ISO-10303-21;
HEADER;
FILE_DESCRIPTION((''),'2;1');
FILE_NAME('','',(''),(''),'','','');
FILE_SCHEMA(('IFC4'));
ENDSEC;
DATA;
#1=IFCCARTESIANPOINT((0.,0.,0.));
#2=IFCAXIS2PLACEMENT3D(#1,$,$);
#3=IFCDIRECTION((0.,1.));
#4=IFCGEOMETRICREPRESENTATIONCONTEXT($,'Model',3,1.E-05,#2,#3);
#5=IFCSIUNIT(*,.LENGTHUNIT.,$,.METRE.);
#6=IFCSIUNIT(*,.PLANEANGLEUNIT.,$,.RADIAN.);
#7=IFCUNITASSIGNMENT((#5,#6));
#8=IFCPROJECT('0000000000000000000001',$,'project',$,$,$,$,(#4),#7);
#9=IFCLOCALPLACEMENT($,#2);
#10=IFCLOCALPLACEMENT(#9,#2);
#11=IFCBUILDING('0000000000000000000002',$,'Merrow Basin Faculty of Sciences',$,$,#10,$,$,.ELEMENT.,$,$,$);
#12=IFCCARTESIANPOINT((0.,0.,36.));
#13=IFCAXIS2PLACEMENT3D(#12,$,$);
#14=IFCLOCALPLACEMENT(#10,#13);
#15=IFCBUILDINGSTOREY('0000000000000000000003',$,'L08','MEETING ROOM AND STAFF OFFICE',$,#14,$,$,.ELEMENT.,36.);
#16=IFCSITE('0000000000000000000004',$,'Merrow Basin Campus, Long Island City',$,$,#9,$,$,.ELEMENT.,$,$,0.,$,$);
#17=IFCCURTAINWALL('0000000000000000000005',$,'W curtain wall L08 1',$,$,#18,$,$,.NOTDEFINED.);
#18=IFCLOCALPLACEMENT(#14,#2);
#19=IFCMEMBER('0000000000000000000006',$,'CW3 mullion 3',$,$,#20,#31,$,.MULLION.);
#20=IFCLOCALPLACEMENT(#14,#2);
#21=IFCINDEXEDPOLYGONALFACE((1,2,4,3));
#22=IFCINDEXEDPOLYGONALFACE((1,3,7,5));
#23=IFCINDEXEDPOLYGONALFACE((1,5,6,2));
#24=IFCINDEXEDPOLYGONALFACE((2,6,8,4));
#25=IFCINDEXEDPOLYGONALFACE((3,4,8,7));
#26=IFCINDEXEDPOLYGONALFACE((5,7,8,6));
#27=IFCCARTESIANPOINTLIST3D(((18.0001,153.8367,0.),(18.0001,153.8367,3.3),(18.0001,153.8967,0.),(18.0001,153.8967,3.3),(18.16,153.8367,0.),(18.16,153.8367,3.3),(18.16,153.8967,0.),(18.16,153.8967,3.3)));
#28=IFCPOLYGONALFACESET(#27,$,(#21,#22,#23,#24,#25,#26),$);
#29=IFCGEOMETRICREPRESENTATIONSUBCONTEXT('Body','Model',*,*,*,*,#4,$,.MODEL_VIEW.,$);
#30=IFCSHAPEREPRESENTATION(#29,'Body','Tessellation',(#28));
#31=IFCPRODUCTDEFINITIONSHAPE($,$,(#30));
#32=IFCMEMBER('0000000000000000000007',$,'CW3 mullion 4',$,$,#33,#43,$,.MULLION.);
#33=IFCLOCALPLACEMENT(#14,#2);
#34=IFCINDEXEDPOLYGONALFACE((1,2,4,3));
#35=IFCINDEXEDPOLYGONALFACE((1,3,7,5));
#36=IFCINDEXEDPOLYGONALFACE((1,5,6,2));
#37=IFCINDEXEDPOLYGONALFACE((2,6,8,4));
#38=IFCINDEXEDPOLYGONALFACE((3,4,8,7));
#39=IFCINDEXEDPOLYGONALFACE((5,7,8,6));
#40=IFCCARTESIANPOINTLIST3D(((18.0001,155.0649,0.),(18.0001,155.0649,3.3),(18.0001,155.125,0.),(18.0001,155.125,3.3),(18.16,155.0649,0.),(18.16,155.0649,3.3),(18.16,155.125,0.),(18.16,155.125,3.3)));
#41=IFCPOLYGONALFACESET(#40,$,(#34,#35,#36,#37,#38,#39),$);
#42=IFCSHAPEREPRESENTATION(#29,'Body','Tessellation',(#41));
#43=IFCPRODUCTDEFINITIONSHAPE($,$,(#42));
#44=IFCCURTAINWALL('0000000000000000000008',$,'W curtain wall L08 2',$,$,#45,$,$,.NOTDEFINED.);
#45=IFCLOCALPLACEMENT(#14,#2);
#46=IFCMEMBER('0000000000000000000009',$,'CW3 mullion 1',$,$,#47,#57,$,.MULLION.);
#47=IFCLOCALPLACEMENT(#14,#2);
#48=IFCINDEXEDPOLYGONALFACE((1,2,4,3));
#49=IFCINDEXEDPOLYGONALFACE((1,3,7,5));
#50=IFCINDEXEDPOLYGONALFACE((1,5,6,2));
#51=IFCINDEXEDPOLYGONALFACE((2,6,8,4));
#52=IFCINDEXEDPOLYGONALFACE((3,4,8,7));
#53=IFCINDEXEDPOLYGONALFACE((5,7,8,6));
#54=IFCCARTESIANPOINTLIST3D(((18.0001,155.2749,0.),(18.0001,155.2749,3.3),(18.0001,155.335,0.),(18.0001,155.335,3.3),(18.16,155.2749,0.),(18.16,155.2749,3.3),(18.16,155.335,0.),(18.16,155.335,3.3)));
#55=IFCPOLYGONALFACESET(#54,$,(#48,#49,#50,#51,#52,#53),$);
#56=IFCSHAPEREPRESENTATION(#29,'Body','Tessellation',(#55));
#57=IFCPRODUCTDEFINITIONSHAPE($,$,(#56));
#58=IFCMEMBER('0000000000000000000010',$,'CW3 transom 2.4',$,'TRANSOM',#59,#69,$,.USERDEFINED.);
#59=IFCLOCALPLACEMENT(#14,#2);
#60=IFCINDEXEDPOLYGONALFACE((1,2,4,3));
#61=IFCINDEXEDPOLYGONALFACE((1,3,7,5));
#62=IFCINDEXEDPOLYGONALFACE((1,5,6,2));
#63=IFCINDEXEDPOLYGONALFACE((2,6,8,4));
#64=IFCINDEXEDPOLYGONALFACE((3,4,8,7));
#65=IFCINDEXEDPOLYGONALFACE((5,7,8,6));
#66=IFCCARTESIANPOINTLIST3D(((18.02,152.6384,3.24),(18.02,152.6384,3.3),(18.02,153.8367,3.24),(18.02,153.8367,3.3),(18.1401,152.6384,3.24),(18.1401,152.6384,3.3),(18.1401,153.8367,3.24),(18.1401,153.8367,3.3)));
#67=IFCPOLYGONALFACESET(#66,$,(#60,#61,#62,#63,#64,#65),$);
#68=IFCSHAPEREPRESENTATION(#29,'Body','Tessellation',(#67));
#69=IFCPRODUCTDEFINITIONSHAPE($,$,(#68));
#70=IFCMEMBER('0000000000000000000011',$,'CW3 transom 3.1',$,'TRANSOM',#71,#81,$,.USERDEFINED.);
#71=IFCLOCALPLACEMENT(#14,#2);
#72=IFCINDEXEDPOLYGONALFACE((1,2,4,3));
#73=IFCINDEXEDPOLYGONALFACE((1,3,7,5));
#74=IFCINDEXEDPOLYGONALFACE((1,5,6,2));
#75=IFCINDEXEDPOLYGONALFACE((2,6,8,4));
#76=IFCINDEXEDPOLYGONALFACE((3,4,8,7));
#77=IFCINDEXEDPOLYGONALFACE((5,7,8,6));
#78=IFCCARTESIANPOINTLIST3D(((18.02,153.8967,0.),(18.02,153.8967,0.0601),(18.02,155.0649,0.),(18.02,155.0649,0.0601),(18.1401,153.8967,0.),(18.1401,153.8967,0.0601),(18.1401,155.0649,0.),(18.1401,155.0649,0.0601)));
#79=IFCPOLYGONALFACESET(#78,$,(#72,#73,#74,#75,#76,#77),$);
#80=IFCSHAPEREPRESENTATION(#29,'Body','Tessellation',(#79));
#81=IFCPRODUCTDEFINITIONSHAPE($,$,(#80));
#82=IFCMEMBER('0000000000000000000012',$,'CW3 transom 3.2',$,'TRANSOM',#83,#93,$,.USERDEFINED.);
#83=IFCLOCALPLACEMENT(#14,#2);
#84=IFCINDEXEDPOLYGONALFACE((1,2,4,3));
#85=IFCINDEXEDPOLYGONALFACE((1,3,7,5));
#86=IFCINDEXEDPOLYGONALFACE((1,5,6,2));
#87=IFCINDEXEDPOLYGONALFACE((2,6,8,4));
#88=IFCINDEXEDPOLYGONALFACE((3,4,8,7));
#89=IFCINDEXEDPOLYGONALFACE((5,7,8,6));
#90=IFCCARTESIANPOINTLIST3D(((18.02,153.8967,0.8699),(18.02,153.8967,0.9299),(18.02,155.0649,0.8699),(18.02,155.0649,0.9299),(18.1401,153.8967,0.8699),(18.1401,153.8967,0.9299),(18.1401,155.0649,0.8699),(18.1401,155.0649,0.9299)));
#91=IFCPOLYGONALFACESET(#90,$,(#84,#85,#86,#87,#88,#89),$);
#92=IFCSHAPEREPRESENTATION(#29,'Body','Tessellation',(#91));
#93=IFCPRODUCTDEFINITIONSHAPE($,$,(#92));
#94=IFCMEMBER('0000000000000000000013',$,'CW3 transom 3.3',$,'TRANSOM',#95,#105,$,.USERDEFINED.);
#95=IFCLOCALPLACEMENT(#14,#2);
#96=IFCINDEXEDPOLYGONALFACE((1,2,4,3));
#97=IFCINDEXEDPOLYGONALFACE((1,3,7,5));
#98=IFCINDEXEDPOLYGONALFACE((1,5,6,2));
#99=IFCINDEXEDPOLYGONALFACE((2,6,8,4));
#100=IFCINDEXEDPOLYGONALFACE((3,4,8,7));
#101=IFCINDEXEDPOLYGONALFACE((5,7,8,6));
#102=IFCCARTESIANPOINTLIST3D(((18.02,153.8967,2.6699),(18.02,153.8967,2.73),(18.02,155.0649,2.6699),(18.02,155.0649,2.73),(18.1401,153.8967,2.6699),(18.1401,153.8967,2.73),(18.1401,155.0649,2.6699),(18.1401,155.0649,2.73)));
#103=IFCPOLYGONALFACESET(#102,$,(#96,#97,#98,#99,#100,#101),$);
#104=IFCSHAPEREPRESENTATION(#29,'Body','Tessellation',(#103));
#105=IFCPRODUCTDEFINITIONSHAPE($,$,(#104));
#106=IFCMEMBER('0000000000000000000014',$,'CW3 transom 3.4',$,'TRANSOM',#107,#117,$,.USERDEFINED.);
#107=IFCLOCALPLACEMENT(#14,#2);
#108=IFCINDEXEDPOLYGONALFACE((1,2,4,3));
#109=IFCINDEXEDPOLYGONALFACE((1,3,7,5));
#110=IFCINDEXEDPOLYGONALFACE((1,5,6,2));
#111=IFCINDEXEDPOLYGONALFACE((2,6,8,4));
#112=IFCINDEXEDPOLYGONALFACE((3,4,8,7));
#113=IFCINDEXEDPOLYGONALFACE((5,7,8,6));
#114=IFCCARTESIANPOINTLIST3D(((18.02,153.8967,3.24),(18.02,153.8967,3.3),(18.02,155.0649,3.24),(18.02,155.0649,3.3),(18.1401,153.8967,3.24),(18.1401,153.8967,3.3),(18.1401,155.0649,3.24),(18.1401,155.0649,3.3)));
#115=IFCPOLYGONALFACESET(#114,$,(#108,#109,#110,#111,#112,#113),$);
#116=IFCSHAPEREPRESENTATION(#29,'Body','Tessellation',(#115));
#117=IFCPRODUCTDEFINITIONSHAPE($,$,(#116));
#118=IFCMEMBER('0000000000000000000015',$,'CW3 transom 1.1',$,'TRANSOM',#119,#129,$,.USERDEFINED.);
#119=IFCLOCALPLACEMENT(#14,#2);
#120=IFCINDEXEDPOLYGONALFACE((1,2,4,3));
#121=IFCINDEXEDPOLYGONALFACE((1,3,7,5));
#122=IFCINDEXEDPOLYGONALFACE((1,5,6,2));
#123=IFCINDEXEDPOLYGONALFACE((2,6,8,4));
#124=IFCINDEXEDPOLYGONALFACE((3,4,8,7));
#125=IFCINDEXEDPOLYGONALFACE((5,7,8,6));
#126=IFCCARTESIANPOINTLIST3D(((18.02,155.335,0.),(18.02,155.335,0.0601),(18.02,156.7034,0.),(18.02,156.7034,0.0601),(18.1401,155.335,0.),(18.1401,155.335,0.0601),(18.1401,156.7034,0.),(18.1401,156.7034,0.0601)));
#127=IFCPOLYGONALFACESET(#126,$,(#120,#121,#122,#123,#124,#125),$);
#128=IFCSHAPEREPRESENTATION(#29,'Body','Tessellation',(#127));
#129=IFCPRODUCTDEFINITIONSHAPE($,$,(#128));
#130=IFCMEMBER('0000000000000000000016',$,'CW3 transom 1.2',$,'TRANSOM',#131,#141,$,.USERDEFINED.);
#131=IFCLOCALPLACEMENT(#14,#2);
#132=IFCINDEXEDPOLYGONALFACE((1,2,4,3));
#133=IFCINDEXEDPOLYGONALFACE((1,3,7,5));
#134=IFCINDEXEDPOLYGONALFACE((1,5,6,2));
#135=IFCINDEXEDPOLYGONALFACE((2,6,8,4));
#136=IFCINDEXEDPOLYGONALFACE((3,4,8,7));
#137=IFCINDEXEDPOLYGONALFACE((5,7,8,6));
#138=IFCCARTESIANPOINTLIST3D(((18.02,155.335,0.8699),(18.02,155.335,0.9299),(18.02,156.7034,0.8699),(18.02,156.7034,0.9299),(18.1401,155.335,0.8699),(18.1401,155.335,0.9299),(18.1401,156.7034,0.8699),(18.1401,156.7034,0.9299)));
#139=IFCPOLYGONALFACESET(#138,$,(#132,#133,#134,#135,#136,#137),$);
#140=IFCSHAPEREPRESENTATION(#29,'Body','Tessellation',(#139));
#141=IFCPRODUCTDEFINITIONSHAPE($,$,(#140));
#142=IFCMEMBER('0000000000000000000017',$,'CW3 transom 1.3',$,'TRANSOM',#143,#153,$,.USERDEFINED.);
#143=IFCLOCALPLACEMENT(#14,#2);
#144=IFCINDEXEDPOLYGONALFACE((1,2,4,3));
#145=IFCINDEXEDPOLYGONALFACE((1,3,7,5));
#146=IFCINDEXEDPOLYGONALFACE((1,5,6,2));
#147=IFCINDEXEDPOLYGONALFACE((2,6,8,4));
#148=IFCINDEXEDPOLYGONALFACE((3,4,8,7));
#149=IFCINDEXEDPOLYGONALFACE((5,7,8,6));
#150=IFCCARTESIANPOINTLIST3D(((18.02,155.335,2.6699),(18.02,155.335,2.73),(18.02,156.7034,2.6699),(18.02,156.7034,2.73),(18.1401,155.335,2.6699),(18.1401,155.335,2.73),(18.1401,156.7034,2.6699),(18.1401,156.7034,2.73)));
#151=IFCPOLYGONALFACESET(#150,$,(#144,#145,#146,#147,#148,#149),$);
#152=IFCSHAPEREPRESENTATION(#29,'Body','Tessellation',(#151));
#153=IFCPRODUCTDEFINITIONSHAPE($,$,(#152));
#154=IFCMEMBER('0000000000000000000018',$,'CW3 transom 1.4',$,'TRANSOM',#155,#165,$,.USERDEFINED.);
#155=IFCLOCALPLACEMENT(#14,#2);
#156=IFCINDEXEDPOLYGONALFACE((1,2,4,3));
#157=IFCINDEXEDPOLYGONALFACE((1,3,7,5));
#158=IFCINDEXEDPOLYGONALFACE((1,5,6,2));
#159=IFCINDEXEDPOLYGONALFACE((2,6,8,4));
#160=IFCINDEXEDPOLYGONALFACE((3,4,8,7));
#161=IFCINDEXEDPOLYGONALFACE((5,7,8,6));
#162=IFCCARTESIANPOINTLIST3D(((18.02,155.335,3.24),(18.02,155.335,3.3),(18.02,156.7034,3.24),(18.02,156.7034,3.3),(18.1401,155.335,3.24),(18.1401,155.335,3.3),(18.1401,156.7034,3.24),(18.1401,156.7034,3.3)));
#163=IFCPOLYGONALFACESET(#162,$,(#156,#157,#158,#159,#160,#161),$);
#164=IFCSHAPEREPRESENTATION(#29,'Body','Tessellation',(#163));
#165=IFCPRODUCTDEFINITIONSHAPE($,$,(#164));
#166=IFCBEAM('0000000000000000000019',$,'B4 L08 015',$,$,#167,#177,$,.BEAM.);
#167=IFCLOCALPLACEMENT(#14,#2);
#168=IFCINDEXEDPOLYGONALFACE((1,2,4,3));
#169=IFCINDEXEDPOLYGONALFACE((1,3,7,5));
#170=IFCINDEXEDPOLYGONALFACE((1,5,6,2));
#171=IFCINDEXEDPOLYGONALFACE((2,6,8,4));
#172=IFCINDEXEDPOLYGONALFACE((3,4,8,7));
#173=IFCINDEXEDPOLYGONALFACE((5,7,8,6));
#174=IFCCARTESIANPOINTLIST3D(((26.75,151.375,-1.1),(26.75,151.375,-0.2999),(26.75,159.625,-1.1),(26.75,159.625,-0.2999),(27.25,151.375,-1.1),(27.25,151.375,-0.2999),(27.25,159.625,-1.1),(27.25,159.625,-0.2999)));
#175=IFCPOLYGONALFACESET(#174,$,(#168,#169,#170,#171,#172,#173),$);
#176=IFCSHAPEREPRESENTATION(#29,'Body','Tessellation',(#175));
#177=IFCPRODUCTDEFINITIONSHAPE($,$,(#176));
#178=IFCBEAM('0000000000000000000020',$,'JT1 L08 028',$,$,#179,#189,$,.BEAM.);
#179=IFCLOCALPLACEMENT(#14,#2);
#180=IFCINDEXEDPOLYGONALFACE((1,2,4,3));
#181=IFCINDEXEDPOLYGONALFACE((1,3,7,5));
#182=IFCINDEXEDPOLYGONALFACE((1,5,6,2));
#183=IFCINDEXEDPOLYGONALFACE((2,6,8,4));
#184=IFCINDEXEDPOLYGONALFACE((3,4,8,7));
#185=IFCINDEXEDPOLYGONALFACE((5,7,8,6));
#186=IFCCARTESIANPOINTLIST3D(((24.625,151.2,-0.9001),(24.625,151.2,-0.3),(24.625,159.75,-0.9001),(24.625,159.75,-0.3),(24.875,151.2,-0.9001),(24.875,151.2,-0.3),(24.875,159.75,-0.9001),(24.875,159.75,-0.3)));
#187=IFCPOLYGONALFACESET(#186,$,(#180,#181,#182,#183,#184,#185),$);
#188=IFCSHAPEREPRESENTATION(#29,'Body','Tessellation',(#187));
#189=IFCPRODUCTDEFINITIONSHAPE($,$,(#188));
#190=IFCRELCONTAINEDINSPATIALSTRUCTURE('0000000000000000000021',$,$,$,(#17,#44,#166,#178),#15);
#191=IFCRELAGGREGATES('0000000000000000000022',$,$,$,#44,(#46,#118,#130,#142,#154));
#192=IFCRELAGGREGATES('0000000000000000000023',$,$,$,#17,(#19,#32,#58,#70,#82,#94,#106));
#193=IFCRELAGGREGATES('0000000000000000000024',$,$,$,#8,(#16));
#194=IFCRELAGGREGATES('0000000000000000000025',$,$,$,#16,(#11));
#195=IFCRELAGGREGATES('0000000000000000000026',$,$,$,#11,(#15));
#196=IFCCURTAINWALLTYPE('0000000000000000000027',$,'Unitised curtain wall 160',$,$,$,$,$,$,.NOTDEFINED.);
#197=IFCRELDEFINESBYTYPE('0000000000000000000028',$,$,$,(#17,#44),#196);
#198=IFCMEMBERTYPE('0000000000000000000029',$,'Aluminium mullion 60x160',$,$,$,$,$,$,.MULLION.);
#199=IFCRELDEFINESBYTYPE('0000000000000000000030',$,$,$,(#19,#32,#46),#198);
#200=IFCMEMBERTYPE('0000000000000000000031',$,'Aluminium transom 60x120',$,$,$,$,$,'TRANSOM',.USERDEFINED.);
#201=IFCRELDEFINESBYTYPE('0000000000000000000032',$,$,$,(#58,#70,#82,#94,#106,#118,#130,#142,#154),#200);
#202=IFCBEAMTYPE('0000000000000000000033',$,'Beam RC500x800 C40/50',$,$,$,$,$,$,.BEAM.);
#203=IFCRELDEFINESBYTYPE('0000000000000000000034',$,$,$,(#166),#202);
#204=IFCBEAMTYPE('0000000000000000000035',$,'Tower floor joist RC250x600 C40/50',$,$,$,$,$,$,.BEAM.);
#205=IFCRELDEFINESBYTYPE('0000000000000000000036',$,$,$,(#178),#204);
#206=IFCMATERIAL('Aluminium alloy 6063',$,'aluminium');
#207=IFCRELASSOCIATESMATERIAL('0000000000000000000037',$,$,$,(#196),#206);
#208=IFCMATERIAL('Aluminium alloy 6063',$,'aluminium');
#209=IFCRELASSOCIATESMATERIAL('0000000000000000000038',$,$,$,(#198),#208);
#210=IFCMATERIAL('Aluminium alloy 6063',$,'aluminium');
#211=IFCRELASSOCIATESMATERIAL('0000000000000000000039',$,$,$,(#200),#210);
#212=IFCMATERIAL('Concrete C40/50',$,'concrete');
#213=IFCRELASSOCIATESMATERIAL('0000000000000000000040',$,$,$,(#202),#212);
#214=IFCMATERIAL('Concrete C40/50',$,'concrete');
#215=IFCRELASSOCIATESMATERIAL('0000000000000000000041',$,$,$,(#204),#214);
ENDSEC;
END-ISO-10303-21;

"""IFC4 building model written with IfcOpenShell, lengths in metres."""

from ifc_helpers import new_model, si_unit, direction, frame, origin, origin_2d, place, context, subcontext, project, spatial, rectangle, extrude, material, material_profile, profile_set, type_object, element, aggregate, save


model = new_model("IFC4")

# Units and contexts
model_context = context("Model", 3, precision=1e-05, world=origin(), true_north=direction((0.0, 1.0)))
body_context = subcontext(model_context, "Body", "Model", "MODEL_VIEW")
ifc_project = project(units=[si_unit("LENGTHUNIT", "METRE"), si_unit("PLANEANGLEUNIT", "RADIAN")], contexts=[model_context])

# Site, building, storey
site_placement = place(None, origin())
site = spatial("IfcSite", under=ifc_project, at=site_placement, Name="Merrow Basin Campus, Long Island City", CompositionType="ELEMENT", RefElevation=0.0)
building_placement = place(site_placement, origin())
building = spatial("IfcBuilding", under=site, at=building_placement, Name="Merrow Basin Faculty of Sciences", CompositionType="ELEMENT")
storey_placement = place(building_placement, frame((0.0, 0.0, 36.0)))
storey = spatial("IfcBuildingStorey", under=building, at=storey_placement, Name="L08", Description="MEETING ROOM AND STAFF OFFICE", CompositionType="ELEMENT", Elevation=36.0)

# Curtain wall, members
ifc_material_1 = material(Name="Aluminium alloy 6063", Category="aluminium")
curtain_wall_type = type_object("IfcCurtainWallType", Name="Unitised curtain wall 160", PredefinedType="NOTDEFINED", material=ifc_material_1)
curtain_wall_1_placement = place(storey_placement, origin())
curtain_wall_1 = element("IfcCurtainWall", 1, at=curtain_wall_1_placement, inside=storey, type_object=curtain_wall_type, Name="W curtain wall L08 1", PredefinedType="NOTDEFINED")
ifc_material_2 = material(Name="Aluminium alloy 6063", Category="aluminium")
ifc_material_profile_1 = material_profile(ifc_material_2, rectangle(XDim=0.1599, YDim=0.0601, at=origin_2d()))
ifc_profile_set_1 = profile_set([ifc_material_profile_1], Name="Aluminium alloy 6063")
member_type_1 = type_object("IfcMemberType", Name="Aluminium mullion 60x160", PredefinedType="MULLION", material=ifc_profile_set_1)
member_1_placement = place(storey_placement, frame((18.0801, 153.8667, 0.0), z_axis=(0.0, 0.0, 1.0), x_axis=(-1.0, 0.0, 0.0)))
member_1 = element("IfcMember", 2, at=member_1_placement, type_object=member_type_1, Name="CW3 mullion 3", PredefinedType="MULLION", context=body_context, shape_type="SweptSolid", body=[
    extrude(rectangle(XDim=0.1599, YDim=0.0601, at=origin_2d()), origin(), (0.0, 0.0, 1.0), 3.3),
])
member_2_placement = place(storey_placement, frame((18.0801, 155.095, 0.0), z_axis=(0.0, 0.0, 1.0), x_axis=(-1.0, 0.0, 0.0)))
member_2 = element("IfcMember", 3, at=member_2_placement, type_object=member_type_1, Name="CW3 mullion 4", PredefinedType="MULLION", context=body_context, shape_type="SweptSolid", body=[
    extrude(rectangle(XDim=0.1599, YDim=0.0601, at=origin_2d()), origin(), (0.0, 0.0, 1.0), 3.3),
])

# Curtain wall, member
curtain_wall_2_placement = place(storey_placement, origin())
curtain_wall_2 = element("IfcCurtainWall", 4, at=curtain_wall_2_placement, inside=storey, type_object=curtain_wall_type, Name="W curtain wall L08 2", PredefinedType="NOTDEFINED")
member_3_placement = place(storey_placement, frame((18.0801, 155.3049, 0.0), z_axis=(0.0, 0.0, 1.0), x_axis=(-1.0, 0.0, 0.0)))
member_3 = element("IfcMember", 5, at=member_3_placement, type_object=member_type_1, Name="CW3 mullion 1", PredefinedType="MULLION", context=body_context, shape_type="SweptSolid", body=[
    extrude(rectangle(XDim=0.1599, YDim=0.0601, at=origin_2d()), origin(), (0.0, 0.0, 1.0), 3.3),
])

# Members
ifc_material_3 = material(Name="Aluminium alloy 6063", Category="aluminium")
ifc_material_profile_2 = material_profile(ifc_material_3, rectangle(XDim=0.1201, YDim=0.0601, at=origin_2d()))
ifc_profile_set_2 = profile_set([ifc_material_profile_2], Name="Aluminium alloy 6063")
member_type_2 = type_object("IfcMemberType", Name="Aluminium transom 60x120", ElementType="TRANSOM", PredefinedType="USERDEFINED", material=ifc_profile_set_2)
member_4_placement = place(storey_placement, frame((18.0801, 152.6384, 3.27), z_axis=(0.0, 1.0, 0.0), x_axis=(-1.0, 0.0, 0.0)))
member_4 = element("IfcMember", 6, at=member_4_placement, type_object=member_type_2, Name="CW3 transom 2.4", ObjectType="TRANSOM", PredefinedType="USERDEFINED", context=body_context, shape_type="SweptSolid", body=[
    extrude(rectangle(XDim=0.1201, YDim=0.0601, at=origin_2d()), origin(), (0.0, 0.0, 1.0), 1.1982),
])
member_5_placement = place(storey_placement, frame((18.0801, 153.8967, 0.03), z_axis=(0.0, 1.0, 0.0), x_axis=(-1.0, 0.0, 0.0)))
member_5 = element("IfcMember", 7, at=member_5_placement, type_object=member_type_2, Name="CW3 transom 3.1", ObjectType="TRANSOM", PredefinedType="USERDEFINED", context=body_context, shape_type="SweptSolid", body=[
    extrude(rectangle(XDim=0.1201, YDim=0.0601, at=origin_2d()), origin(), (0.0, 0.0, 1.0), 1.1682),
])
member_6_placement = place(storey_placement, frame((18.0801, 153.8967, 0.8999), z_axis=(0.0, 1.0, 0.0), x_axis=(-1.0, 0.0, 0.0)))
member_6 = element("IfcMember", 8, at=member_6_placement, type_object=member_type_2, Name="CW3 transom 3.2", ObjectType="TRANSOM", PredefinedType="USERDEFINED", context=body_context, shape_type="SweptSolid", body=[
    extrude(rectangle(XDim=0.1201, YDim=0.0601, at=origin_2d()), origin(), (0.0, 0.0, 1.0), 1.1682),
])
member_7_placement = place(storey_placement, frame((18.0801, 153.8967, 2.7), z_axis=(0.0, 1.0, 0.0), x_axis=(-1.0, 0.0, 0.0)))
member_7 = element("IfcMember", 9, at=member_7_placement, type_object=member_type_2, Name="CW3 transom 3.3", ObjectType="TRANSOM", PredefinedType="USERDEFINED", context=body_context, shape_type="SweptSolid", body=[
    extrude(rectangle(XDim=0.1201, YDim=0.0601, at=origin_2d()), origin(), (0.0, 0.0, 1.0), 1.1682),
])
member_8_placement = place(storey_placement, frame((18.0801, 153.8967, 3.27), z_axis=(0.0, 1.0, 0.0), x_axis=(-1.0, 0.0, 0.0)))
member_8 = element("IfcMember", 10, at=member_8_placement, type_object=member_type_2, Name="CW3 transom 3.4", ObjectType="TRANSOM", PredefinedType="USERDEFINED", context=body_context, shape_type="SweptSolid", body=[
    extrude(rectangle(XDim=0.1201, YDim=0.0601, at=origin_2d()), origin(), (0.0, 0.0, 1.0), 1.1682),
])
member_9_placement = place(storey_placement, frame((18.0801, 155.335, 0.03), z_axis=(0.0, 1.0, 0.0), x_axis=(-1.0, 0.0, 0.0)))
member_9 = element("IfcMember", 11, at=member_9_placement, type_object=member_type_2, Name="CW3 transom 1.1", ObjectType="TRANSOM", PredefinedType="USERDEFINED", context=body_context, shape_type="SweptSolid", body=[
    extrude(rectangle(XDim=0.1201, YDim=0.0601, at=origin_2d()), origin(), (0.0, 0.0, 1.0), 1.3684),
])
member_10_placement = place(storey_placement, frame((18.0801, 155.335, 0.8999), z_axis=(0.0, 1.0, 0.0), x_axis=(-1.0, 0.0, 0.0)))
member_10 = element("IfcMember", 12, at=member_10_placement, type_object=member_type_2, Name="CW3 transom 1.2", ObjectType="TRANSOM", PredefinedType="USERDEFINED", context=body_context, shape_type="SweptSolid", body=[
    extrude(rectangle(XDim=0.1201, YDim=0.0601, at=origin_2d()), origin(), (0.0, 0.0, 1.0), 1.3684),
])
member_11_placement = place(storey_placement, frame((18.0801, 155.335, 2.7), z_axis=(0.0, 1.0, 0.0), x_axis=(-1.0, 0.0, 0.0)))
member_11 = element("IfcMember", 13, at=member_11_placement, type_object=member_type_2, Name="CW3 transom 1.3", ObjectType="TRANSOM", PredefinedType="USERDEFINED", context=body_context, shape_type="SweptSolid", body=[
    extrude(rectangle(XDim=0.1201, YDim=0.0601, at=origin_2d()), origin(), (0.0, 0.0, 1.0), 1.3684),
])
member_12_placement = place(storey_placement, frame((18.0801, 155.335, 3.27), z_axis=(0.0, 1.0, 0.0), x_axis=(-1.0, 0.0, 0.0)))
member_12 = element("IfcMember", 14, at=member_12_placement, type_object=member_type_2, Name="CW3 transom 1.4", ObjectType="TRANSOM", PredefinedType="USERDEFINED", context=body_context, shape_type="SweptSolid", body=[
    extrude(rectangle(XDim=0.1201, YDim=0.0601, at=origin_2d()), origin(), (0.0, 0.0, 1.0), 1.3684),
])

# Beams
ifc_material_4 = material(Name="Concrete C40/50", Category="concrete")
ifc_material_profile_3 = material_profile(ifc_material_4, rectangle(XDim=0.5, YDim=0.8, at=origin_2d()))
ifc_profile_set_3 = profile_set([ifc_material_profile_3], Name="Concrete C40/50")
beam_type_1 = type_object("IfcBeamType", Name="Beam RC500x800 C40/50", PredefinedType="BEAM", material=ifc_profile_set_3)
beam_1_placement = place(storey_placement, frame((27.0, 151.375, -0.7), z_axis=(0.0, 1.0, 0.0), x_axis=(-1.0, 0.0, 0.0)))
element("IfcBeam", 15, at=beam_1_placement, inside=storey, type_object=beam_type_1, Name="B4 L08 015", PredefinedType="BEAM", context=body_context, shape_type="SweptSolid", body=[
    extrude(rectangle(XDim=0.5, YDim=0.8, at=origin_2d()), origin(), (0.0, 0.0, 1.0), 8.25),
])
ifc_material_5 = material(Name="Concrete C40/50", Category="concrete")
ifc_material_profile_4 = material_profile(ifc_material_5, rectangle(XDim=0.25, YDim=0.6001, at=origin_2d()))
ifc_profile_set_4 = profile_set([ifc_material_profile_4], Name="Concrete C40/50")
beam_type_2 = type_object("IfcBeamType", Name="Tower floor joist RC250x600 C40/50", PredefinedType="BEAM", material=ifc_profile_set_4)
beam_2_placement = place(storey_placement, frame((24.75, 151.2, -0.6001), z_axis=(0.0, 1.0, 0.0), x_axis=(-1.0, 0.0, 0.0)))
element("IfcBeam", 16, at=beam_2_placement, inside=storey, type_object=beam_type_2, Name="JT1 L08 028", PredefinedType="BEAM", context=body_context, shape_type="SweptSolid", body=[
    extrude(rectangle(XDim=0.25, YDim=0.6001, at=origin_2d()), origin(), (0.0, 0.0, 1.0), 8.55),
])

aggregate(curtain_wall_2, [member_3, member_9, member_10, member_11, member_12])
aggregate(curtain_wall_1, [member_1, member_2, member_4, member_5, member_6, member_7, member_8])

save(model, "model.ifc")
